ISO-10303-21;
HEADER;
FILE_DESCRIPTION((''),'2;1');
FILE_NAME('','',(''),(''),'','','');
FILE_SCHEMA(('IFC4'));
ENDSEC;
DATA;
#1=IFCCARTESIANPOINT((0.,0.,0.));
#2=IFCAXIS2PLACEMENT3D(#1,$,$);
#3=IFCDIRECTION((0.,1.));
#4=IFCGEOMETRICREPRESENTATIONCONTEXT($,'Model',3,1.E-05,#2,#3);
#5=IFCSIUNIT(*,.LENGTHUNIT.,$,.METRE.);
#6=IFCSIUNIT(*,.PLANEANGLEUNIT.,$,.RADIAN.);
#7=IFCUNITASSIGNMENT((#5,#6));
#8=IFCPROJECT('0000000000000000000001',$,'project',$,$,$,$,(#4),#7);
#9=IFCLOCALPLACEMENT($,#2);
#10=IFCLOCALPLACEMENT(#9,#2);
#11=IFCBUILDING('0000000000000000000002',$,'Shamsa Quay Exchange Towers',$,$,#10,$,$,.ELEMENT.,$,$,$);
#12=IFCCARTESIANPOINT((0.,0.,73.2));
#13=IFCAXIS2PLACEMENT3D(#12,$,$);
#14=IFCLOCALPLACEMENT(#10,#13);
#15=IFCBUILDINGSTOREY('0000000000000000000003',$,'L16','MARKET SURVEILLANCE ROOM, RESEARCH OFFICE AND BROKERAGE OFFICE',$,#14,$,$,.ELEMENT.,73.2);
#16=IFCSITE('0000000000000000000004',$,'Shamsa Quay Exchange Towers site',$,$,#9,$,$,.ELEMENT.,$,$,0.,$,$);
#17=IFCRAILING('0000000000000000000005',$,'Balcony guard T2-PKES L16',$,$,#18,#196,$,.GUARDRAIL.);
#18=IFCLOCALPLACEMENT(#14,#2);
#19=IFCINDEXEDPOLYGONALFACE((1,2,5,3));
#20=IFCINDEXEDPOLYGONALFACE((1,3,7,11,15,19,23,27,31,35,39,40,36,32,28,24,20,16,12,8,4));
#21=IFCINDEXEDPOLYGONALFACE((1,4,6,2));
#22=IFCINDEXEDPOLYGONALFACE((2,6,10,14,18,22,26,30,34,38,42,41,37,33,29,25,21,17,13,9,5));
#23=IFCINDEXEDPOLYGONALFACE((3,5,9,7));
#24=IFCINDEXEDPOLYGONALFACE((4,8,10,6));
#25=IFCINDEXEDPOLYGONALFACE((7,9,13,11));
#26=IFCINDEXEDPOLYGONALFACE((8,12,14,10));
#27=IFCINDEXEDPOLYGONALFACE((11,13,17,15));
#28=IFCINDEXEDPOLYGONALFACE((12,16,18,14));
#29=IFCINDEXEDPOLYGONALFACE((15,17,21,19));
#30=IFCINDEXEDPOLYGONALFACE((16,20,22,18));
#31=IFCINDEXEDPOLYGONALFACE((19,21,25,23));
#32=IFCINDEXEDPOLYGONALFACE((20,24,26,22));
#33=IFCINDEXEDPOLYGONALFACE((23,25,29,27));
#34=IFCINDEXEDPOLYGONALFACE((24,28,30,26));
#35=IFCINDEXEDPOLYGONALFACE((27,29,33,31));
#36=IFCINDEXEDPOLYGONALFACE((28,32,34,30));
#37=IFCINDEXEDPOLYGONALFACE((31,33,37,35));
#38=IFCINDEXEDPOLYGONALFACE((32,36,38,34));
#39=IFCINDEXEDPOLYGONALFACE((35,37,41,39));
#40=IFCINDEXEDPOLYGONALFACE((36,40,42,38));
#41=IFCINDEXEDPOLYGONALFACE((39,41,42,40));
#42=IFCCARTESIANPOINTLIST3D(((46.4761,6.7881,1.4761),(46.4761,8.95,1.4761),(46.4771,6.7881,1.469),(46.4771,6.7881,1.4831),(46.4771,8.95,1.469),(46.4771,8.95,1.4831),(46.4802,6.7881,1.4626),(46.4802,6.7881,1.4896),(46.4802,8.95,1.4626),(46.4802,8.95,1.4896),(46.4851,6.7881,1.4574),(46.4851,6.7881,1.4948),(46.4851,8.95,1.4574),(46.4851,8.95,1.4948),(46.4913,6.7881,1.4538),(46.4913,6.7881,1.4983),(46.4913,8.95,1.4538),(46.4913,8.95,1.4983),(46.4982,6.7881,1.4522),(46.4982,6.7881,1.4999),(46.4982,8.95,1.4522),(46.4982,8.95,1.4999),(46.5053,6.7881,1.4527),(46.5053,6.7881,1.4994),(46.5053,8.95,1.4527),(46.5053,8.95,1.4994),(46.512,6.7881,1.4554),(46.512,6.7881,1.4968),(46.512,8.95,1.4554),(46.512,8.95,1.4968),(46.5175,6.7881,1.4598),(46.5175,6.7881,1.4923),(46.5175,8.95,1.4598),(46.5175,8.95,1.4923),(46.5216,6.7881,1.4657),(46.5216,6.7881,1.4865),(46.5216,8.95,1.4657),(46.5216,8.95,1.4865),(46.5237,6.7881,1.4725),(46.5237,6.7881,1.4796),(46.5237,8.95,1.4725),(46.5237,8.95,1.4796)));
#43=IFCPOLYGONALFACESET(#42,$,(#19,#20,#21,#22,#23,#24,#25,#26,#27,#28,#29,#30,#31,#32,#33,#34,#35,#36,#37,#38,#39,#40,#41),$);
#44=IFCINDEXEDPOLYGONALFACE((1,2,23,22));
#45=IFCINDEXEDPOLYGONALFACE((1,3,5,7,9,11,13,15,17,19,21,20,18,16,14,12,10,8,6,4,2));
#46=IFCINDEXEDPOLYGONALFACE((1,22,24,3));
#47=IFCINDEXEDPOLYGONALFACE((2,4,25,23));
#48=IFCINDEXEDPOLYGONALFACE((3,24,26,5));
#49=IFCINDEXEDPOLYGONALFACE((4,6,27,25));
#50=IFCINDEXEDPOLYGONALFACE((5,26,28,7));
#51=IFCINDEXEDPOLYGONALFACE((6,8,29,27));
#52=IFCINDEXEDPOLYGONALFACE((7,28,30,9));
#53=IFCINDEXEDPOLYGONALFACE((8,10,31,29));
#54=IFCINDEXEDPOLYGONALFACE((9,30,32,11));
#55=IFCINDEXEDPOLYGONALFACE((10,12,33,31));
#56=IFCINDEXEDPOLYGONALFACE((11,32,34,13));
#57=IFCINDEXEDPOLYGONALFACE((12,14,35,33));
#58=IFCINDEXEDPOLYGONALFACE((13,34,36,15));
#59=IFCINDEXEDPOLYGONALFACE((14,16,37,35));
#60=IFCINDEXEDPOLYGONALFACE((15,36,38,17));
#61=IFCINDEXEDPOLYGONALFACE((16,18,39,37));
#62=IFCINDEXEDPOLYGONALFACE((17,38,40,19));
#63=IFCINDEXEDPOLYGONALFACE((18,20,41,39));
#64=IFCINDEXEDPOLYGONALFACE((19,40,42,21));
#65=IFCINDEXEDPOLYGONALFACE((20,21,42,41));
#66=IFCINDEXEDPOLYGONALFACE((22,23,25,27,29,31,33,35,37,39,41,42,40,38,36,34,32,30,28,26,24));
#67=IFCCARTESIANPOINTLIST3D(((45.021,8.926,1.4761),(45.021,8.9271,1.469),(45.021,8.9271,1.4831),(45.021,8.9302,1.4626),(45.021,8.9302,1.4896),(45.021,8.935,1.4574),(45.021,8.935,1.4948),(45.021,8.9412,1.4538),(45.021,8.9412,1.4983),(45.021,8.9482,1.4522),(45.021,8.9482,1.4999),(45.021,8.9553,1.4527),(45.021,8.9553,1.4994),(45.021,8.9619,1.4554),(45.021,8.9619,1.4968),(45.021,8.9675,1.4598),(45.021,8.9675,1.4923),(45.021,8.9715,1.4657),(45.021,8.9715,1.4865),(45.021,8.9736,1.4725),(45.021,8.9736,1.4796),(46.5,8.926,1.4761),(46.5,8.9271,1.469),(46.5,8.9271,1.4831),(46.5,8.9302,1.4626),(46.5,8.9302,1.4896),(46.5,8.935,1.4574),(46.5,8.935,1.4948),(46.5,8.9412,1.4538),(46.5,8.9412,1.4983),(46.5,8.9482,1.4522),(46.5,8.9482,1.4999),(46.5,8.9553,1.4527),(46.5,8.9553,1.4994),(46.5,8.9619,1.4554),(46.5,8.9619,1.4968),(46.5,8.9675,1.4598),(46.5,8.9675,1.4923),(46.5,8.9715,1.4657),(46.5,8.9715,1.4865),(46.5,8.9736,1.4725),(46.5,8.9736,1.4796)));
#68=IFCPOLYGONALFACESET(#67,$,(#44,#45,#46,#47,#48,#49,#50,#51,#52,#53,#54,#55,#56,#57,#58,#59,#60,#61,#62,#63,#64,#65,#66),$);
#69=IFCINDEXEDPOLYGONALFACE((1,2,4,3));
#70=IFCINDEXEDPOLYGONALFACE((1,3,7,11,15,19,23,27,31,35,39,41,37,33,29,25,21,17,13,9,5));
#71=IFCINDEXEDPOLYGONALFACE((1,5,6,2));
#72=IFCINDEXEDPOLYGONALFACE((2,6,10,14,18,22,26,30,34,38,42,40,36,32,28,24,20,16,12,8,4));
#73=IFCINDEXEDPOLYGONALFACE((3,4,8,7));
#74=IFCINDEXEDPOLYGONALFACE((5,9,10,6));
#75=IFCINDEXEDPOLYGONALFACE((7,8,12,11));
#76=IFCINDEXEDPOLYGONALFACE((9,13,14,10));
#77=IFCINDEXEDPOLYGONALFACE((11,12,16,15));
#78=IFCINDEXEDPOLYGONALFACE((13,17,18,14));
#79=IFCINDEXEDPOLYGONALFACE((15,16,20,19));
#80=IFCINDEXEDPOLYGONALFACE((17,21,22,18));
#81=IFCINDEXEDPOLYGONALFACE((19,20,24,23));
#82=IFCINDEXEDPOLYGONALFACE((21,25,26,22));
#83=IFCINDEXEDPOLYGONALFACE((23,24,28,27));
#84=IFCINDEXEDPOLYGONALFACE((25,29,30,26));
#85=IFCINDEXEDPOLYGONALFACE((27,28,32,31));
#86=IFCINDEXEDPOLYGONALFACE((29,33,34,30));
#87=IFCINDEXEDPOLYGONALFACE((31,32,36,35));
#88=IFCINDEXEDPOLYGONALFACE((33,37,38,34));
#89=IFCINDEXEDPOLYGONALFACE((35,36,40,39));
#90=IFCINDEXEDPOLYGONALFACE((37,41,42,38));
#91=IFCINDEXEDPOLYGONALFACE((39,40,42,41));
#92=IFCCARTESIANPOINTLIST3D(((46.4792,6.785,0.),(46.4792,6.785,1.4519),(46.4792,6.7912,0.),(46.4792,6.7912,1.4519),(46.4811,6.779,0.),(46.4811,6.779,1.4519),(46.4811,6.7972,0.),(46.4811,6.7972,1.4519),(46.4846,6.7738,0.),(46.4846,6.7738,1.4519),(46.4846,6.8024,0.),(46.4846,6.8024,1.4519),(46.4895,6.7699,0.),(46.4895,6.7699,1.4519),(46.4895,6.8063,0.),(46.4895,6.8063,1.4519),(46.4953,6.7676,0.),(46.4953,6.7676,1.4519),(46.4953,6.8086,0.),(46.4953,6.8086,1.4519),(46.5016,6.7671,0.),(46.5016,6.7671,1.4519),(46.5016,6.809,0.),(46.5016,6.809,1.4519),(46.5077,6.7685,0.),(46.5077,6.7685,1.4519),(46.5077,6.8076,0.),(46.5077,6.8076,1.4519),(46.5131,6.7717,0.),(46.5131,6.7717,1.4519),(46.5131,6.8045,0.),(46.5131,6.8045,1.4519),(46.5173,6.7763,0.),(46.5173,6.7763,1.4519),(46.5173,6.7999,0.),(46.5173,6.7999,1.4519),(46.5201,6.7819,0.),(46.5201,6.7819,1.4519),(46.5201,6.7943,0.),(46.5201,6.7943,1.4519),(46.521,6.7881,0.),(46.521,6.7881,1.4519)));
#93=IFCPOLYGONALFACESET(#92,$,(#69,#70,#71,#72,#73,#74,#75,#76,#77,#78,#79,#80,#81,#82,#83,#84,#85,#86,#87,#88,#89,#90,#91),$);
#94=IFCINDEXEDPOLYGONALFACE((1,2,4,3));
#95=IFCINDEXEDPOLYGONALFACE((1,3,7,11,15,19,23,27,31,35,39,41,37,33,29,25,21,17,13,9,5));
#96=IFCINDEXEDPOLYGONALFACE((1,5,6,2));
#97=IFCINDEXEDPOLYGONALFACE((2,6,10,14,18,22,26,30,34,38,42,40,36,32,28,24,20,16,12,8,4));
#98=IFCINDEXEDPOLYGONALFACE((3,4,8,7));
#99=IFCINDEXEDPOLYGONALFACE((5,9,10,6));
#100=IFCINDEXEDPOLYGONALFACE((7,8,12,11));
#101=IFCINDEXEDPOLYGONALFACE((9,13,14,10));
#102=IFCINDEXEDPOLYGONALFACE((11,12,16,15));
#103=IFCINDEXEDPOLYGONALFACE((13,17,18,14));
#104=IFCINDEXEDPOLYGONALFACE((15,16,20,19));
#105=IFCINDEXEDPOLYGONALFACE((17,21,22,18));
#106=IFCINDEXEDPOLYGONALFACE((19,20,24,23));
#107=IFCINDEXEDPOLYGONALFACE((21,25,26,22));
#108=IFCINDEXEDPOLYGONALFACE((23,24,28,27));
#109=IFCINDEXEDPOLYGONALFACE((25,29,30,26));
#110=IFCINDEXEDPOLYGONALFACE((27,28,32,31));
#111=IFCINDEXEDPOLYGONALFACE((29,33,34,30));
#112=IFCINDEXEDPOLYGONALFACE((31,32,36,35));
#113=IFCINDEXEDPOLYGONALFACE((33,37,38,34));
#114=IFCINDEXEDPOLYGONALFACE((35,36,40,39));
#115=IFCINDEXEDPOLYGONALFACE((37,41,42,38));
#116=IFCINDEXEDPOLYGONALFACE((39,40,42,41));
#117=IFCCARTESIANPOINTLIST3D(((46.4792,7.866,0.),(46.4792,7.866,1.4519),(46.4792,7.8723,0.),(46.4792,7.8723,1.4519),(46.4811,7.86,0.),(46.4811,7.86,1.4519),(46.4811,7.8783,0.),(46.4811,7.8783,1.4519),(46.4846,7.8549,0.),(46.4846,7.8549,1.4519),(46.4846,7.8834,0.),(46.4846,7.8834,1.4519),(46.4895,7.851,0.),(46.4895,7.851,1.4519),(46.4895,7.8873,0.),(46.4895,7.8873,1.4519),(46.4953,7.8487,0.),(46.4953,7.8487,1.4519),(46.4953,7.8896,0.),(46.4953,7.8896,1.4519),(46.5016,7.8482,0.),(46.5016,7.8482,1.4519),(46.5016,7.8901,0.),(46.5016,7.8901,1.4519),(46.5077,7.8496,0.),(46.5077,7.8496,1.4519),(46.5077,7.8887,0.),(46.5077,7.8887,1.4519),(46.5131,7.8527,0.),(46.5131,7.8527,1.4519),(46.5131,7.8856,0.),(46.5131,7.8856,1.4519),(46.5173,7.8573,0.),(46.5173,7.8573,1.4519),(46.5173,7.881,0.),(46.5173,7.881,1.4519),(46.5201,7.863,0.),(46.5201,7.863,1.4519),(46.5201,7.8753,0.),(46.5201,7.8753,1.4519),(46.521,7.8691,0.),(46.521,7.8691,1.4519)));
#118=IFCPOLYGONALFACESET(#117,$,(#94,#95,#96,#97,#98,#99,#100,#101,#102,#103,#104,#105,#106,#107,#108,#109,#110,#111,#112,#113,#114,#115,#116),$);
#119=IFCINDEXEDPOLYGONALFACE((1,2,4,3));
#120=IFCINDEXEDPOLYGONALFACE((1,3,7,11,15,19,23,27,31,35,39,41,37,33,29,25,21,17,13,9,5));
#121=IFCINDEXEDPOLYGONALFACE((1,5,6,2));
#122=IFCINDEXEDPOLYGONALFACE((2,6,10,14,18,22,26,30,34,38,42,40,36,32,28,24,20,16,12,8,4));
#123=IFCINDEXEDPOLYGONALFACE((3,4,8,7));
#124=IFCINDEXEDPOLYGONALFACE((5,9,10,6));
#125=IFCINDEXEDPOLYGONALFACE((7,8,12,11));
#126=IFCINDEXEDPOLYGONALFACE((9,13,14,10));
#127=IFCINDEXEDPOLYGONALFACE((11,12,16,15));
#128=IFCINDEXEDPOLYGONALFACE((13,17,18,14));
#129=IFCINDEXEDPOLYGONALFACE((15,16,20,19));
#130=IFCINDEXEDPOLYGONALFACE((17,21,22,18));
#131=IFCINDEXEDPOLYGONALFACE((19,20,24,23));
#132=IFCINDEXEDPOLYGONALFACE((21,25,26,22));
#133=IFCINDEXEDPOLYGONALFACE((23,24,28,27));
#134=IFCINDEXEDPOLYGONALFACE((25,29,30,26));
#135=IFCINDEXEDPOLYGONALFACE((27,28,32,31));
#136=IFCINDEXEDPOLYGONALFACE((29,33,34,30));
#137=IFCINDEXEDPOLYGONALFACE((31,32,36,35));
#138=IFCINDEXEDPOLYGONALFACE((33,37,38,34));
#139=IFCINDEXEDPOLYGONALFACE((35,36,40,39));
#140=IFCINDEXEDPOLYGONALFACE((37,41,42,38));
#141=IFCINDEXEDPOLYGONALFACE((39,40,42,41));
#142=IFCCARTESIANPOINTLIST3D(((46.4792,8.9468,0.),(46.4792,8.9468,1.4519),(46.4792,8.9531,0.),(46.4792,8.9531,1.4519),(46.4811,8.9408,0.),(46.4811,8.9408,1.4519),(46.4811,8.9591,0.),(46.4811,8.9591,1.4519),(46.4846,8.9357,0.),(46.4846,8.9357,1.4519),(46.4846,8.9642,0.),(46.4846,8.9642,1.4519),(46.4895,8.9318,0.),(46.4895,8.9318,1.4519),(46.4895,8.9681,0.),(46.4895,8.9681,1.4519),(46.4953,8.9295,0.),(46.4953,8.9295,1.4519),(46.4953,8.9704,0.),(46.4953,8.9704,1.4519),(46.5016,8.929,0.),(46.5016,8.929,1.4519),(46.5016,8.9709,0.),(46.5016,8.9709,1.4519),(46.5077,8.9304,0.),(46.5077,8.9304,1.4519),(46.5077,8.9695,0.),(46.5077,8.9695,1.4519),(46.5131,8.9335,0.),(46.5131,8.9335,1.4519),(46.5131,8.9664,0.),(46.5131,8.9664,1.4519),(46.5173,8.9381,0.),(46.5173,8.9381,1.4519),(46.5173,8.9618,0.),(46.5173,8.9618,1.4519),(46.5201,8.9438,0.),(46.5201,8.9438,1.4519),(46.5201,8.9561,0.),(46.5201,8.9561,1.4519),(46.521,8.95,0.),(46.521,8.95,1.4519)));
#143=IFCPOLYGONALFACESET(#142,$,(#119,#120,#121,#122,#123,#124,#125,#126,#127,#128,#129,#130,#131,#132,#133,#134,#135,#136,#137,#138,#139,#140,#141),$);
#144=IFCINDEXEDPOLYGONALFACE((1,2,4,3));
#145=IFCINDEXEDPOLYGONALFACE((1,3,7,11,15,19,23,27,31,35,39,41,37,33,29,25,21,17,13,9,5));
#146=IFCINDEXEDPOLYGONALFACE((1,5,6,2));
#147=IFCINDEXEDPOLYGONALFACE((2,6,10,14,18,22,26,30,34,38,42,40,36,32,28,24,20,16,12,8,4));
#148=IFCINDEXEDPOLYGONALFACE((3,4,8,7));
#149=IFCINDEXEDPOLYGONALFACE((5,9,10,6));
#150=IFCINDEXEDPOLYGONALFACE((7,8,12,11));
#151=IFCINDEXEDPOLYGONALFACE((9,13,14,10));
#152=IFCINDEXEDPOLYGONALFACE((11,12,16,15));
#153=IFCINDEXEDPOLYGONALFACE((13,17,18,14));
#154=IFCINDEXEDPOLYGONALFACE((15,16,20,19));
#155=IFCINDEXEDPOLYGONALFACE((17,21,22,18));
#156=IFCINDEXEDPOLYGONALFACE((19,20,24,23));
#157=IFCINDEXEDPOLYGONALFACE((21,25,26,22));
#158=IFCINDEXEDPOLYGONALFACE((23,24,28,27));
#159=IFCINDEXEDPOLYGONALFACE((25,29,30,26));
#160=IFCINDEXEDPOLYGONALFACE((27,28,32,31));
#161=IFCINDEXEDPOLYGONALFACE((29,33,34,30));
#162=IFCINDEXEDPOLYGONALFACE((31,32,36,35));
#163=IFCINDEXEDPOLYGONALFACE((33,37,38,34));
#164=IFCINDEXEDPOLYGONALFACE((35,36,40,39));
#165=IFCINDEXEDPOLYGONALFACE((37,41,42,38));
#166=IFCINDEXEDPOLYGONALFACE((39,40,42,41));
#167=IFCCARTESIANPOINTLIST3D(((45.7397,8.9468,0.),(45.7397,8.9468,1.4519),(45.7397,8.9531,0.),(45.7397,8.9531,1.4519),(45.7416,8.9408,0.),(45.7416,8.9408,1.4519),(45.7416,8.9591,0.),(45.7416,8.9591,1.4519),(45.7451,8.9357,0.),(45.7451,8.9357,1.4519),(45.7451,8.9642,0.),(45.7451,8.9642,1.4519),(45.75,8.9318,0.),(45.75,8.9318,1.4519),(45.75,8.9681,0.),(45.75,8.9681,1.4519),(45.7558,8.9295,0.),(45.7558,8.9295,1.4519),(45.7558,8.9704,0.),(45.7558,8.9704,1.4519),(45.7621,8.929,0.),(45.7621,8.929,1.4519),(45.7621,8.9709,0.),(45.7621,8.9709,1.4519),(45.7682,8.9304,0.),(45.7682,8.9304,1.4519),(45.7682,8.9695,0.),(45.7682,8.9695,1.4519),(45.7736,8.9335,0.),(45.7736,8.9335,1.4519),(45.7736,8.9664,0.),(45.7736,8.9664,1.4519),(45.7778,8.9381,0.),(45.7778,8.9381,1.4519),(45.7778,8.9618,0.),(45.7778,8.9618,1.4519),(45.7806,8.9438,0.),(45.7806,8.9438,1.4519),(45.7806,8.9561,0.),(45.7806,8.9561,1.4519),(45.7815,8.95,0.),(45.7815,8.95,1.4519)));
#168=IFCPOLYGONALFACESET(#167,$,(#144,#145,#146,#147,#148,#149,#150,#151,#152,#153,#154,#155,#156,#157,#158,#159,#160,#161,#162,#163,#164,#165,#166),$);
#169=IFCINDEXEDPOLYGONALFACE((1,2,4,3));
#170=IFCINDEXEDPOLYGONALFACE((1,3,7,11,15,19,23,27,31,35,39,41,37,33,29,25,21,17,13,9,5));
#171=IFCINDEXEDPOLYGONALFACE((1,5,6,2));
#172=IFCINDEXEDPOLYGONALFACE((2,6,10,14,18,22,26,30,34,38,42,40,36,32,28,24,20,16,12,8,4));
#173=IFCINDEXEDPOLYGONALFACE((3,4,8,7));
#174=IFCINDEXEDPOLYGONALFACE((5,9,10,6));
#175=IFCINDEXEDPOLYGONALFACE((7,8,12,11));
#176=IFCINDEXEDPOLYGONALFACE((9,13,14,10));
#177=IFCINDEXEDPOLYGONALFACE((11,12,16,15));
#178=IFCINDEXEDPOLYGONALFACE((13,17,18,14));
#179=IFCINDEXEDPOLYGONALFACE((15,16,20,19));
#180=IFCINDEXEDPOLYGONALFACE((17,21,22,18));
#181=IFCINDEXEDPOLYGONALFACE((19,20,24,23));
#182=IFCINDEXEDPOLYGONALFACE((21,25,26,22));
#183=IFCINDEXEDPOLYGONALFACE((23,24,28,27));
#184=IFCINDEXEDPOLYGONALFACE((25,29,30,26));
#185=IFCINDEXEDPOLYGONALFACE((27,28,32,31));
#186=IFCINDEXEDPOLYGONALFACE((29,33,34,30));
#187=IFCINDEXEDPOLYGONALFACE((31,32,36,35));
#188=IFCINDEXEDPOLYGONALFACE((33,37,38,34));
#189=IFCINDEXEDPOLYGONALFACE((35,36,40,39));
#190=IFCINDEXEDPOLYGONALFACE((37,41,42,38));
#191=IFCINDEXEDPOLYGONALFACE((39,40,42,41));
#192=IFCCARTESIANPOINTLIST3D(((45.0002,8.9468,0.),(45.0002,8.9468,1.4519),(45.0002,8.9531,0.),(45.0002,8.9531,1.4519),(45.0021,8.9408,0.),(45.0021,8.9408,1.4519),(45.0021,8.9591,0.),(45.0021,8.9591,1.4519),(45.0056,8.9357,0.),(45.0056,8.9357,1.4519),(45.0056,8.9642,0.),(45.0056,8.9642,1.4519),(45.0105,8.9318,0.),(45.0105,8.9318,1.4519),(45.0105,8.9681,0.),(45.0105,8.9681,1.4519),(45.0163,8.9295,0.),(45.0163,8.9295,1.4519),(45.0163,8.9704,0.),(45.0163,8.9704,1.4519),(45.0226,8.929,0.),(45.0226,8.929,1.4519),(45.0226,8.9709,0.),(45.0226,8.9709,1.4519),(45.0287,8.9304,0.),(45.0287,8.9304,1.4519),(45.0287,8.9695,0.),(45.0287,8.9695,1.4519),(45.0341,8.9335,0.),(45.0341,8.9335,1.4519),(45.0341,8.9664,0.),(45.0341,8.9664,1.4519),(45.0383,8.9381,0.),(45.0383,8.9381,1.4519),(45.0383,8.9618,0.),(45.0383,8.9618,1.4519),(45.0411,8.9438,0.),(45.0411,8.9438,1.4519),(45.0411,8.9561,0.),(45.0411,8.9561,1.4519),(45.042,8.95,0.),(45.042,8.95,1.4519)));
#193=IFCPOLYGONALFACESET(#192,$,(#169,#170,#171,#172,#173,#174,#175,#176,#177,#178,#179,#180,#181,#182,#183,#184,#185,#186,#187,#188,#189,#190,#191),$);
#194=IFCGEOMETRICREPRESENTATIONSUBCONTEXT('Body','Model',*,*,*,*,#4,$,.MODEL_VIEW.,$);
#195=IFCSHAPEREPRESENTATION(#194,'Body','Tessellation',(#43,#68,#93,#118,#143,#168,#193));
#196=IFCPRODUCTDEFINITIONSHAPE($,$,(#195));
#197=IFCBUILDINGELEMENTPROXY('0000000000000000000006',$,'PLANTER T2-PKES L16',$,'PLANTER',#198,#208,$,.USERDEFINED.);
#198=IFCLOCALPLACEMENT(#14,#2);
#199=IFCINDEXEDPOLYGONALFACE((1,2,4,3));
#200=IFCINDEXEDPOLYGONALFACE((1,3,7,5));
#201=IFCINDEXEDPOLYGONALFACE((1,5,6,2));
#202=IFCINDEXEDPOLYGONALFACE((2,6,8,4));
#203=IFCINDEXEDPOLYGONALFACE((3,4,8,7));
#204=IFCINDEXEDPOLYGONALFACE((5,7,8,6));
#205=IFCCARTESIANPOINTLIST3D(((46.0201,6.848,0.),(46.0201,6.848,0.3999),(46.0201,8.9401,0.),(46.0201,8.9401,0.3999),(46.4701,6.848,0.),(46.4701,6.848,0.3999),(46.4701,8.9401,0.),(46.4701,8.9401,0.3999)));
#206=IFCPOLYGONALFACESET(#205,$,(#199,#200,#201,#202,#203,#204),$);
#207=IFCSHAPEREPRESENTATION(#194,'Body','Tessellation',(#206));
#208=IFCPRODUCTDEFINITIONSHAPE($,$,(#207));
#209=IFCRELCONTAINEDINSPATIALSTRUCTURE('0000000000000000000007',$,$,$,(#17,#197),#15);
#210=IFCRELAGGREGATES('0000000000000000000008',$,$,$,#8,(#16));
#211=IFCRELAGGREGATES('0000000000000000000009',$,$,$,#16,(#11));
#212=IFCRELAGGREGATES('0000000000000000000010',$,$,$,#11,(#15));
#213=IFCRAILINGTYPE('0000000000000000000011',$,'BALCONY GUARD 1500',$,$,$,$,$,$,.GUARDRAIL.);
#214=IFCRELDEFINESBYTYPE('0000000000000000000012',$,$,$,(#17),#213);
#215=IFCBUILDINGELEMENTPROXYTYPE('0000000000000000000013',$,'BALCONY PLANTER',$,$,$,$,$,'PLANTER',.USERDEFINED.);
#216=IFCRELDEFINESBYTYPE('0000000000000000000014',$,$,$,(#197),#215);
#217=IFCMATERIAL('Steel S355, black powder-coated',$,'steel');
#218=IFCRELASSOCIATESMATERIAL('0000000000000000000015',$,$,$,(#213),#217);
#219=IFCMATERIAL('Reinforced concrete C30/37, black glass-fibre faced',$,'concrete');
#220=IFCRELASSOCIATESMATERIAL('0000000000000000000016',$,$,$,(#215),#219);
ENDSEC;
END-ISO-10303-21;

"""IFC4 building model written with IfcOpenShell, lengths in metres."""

from ifc_helpers import new_model, si_unit, direction, frame, origin, origin_2d, place, context, subcontext, project, spatial, rectangle, circle, extrude, material, type_object, element, save


model = new_model("IFC4")

# Units and contexts
model_context = context("Model", 3, precision=1e-05, world=origin(), true_north=direction((0.0, 1.0)))
body_context = subcontext(model_context, "Body", "Model", "MODEL_VIEW")
ifc_project = project(units=[si_unit("LENGTHUNIT", "METRE"), si_unit("PLANEANGLEUNIT", "RADIAN")], contexts=[model_context])

# Site, building, storey
site_placement = place(None, origin())
site = spatial("IfcSite", under=ifc_project, at=site_placement, Name="Shamsa Quay Exchange Towers site", CompositionType="ELEMENT", RefElevation=0.0)
building_placement = place(site_placement, origin())
building = spatial("IfcBuilding", under=site, at=building_placement, Name="Shamsa Quay Exchange Towers", CompositionType="ELEMENT")
storey_placement = place(building_placement, frame((0.0, 0.0, 73.2)))
storey = spatial("IfcBuildingStorey", under=building, at=storey_placement, Name="L16", Description="MARKET SURVEILLANCE ROOM, RESEARCH OFFICE AND BROKERAGE OFFICE", CompositionType="ELEMENT", Elevation=73.2)

# Railing
ifc_material_1 = material(Name="Steel S355, black powder-coated", Category="steel")
railing_type_1 = type_object("IfcRailingType", Name="BALCONY GUARD 1500", PredefinedType="GUARDRAIL", material=ifc_material_1)
railing_1_placement = place(storey_placement, frame((46.5, 6.7881, 0.0)))
element("IfcRailing", 1, at=railing_1_placement, inside=storey, type_object=railing_type_1, Name="Balcony guard T2-PKES L16", PredefinedType="GUARDRAIL", context=body_context, shape_type="SweptSolid", body=[
    extrude(circle(Radius=0.0239, at=origin_2d()), frame((0.0, 0.0, 1.4761), z_axis=(0.0, 1.0, 0.0), x_axis=(-1.0, 0.0, 0.0)), (0.0, 0.0, 1.0), 2.1619),
    extrude(circle(Radius=0.0239, at=origin_2d()), frame((0.0, 2.1619, 1.4761), z_axis=(-1.0, 0.0, 0.0), x_axis=(0.0, -1.0, 0.0)), (0.0, 0.0, 1.0), 1.479),
    extrude(circle(Radius=0.021, at=origin_2d()), origin(), (0.0, 0.0, 1.0), 1.4519),
    extrude(circle(Radius=0.021, at=origin_2d()), frame((0.0, 1.0811, 0.0)), (0.0, 0.0, 1.0), 1.4519),
    extrude(circle(Radius=0.021, at=origin_2d()), frame((0.0, 2.1619, 0.0)), (0.0, 0.0, 1.0), 1.4519),
    extrude(circle(Radius=0.021, at=origin_2d()), frame((-0.7395, 2.1619, 0.0)), (0.0, 0.0, 1.0), 1.4519),
    extrude(circle(Radius=0.021, at=origin_2d()), frame((-1.479, 2.1619, 0.0)), (0.0, 0.0, 1.0), 1.4519),
])

# Building element proxy
ifc_material_2 = material(Name="Reinforced concrete C30/37, black glass-fibre faced", Category="concrete")
building_element_proxy_type = type_object("IfcBuildingElementProxyType", Name="BALCONY PLANTER", ElementType="PLANTER", PredefinedType="USERDEFINED", material=ifc_material_2)
proxy_placement = place(storey_placement, frame((46.2451, 7.894, 0.0), z_axis=(0.0, 0.0, 1.0), x_axis=(0.0, 1.0, 0.0)))
element("IfcBuildingElementProxy", 2, at=proxy_placement, inside=storey, type_object=building_element_proxy_type, Name="PLANTER T2-PKES L16", ObjectType="PLANTER", PredefinedType="USERDEFINED", context=body_context, shape_type="SweptSolid", body=[
    extrude(rectangle(XDim=2.092, YDim=0.45, at=origin_2d()), origin(), (0.0, 0.0, 1.0), 0.3999),
])

save(model, "model.ifc")
